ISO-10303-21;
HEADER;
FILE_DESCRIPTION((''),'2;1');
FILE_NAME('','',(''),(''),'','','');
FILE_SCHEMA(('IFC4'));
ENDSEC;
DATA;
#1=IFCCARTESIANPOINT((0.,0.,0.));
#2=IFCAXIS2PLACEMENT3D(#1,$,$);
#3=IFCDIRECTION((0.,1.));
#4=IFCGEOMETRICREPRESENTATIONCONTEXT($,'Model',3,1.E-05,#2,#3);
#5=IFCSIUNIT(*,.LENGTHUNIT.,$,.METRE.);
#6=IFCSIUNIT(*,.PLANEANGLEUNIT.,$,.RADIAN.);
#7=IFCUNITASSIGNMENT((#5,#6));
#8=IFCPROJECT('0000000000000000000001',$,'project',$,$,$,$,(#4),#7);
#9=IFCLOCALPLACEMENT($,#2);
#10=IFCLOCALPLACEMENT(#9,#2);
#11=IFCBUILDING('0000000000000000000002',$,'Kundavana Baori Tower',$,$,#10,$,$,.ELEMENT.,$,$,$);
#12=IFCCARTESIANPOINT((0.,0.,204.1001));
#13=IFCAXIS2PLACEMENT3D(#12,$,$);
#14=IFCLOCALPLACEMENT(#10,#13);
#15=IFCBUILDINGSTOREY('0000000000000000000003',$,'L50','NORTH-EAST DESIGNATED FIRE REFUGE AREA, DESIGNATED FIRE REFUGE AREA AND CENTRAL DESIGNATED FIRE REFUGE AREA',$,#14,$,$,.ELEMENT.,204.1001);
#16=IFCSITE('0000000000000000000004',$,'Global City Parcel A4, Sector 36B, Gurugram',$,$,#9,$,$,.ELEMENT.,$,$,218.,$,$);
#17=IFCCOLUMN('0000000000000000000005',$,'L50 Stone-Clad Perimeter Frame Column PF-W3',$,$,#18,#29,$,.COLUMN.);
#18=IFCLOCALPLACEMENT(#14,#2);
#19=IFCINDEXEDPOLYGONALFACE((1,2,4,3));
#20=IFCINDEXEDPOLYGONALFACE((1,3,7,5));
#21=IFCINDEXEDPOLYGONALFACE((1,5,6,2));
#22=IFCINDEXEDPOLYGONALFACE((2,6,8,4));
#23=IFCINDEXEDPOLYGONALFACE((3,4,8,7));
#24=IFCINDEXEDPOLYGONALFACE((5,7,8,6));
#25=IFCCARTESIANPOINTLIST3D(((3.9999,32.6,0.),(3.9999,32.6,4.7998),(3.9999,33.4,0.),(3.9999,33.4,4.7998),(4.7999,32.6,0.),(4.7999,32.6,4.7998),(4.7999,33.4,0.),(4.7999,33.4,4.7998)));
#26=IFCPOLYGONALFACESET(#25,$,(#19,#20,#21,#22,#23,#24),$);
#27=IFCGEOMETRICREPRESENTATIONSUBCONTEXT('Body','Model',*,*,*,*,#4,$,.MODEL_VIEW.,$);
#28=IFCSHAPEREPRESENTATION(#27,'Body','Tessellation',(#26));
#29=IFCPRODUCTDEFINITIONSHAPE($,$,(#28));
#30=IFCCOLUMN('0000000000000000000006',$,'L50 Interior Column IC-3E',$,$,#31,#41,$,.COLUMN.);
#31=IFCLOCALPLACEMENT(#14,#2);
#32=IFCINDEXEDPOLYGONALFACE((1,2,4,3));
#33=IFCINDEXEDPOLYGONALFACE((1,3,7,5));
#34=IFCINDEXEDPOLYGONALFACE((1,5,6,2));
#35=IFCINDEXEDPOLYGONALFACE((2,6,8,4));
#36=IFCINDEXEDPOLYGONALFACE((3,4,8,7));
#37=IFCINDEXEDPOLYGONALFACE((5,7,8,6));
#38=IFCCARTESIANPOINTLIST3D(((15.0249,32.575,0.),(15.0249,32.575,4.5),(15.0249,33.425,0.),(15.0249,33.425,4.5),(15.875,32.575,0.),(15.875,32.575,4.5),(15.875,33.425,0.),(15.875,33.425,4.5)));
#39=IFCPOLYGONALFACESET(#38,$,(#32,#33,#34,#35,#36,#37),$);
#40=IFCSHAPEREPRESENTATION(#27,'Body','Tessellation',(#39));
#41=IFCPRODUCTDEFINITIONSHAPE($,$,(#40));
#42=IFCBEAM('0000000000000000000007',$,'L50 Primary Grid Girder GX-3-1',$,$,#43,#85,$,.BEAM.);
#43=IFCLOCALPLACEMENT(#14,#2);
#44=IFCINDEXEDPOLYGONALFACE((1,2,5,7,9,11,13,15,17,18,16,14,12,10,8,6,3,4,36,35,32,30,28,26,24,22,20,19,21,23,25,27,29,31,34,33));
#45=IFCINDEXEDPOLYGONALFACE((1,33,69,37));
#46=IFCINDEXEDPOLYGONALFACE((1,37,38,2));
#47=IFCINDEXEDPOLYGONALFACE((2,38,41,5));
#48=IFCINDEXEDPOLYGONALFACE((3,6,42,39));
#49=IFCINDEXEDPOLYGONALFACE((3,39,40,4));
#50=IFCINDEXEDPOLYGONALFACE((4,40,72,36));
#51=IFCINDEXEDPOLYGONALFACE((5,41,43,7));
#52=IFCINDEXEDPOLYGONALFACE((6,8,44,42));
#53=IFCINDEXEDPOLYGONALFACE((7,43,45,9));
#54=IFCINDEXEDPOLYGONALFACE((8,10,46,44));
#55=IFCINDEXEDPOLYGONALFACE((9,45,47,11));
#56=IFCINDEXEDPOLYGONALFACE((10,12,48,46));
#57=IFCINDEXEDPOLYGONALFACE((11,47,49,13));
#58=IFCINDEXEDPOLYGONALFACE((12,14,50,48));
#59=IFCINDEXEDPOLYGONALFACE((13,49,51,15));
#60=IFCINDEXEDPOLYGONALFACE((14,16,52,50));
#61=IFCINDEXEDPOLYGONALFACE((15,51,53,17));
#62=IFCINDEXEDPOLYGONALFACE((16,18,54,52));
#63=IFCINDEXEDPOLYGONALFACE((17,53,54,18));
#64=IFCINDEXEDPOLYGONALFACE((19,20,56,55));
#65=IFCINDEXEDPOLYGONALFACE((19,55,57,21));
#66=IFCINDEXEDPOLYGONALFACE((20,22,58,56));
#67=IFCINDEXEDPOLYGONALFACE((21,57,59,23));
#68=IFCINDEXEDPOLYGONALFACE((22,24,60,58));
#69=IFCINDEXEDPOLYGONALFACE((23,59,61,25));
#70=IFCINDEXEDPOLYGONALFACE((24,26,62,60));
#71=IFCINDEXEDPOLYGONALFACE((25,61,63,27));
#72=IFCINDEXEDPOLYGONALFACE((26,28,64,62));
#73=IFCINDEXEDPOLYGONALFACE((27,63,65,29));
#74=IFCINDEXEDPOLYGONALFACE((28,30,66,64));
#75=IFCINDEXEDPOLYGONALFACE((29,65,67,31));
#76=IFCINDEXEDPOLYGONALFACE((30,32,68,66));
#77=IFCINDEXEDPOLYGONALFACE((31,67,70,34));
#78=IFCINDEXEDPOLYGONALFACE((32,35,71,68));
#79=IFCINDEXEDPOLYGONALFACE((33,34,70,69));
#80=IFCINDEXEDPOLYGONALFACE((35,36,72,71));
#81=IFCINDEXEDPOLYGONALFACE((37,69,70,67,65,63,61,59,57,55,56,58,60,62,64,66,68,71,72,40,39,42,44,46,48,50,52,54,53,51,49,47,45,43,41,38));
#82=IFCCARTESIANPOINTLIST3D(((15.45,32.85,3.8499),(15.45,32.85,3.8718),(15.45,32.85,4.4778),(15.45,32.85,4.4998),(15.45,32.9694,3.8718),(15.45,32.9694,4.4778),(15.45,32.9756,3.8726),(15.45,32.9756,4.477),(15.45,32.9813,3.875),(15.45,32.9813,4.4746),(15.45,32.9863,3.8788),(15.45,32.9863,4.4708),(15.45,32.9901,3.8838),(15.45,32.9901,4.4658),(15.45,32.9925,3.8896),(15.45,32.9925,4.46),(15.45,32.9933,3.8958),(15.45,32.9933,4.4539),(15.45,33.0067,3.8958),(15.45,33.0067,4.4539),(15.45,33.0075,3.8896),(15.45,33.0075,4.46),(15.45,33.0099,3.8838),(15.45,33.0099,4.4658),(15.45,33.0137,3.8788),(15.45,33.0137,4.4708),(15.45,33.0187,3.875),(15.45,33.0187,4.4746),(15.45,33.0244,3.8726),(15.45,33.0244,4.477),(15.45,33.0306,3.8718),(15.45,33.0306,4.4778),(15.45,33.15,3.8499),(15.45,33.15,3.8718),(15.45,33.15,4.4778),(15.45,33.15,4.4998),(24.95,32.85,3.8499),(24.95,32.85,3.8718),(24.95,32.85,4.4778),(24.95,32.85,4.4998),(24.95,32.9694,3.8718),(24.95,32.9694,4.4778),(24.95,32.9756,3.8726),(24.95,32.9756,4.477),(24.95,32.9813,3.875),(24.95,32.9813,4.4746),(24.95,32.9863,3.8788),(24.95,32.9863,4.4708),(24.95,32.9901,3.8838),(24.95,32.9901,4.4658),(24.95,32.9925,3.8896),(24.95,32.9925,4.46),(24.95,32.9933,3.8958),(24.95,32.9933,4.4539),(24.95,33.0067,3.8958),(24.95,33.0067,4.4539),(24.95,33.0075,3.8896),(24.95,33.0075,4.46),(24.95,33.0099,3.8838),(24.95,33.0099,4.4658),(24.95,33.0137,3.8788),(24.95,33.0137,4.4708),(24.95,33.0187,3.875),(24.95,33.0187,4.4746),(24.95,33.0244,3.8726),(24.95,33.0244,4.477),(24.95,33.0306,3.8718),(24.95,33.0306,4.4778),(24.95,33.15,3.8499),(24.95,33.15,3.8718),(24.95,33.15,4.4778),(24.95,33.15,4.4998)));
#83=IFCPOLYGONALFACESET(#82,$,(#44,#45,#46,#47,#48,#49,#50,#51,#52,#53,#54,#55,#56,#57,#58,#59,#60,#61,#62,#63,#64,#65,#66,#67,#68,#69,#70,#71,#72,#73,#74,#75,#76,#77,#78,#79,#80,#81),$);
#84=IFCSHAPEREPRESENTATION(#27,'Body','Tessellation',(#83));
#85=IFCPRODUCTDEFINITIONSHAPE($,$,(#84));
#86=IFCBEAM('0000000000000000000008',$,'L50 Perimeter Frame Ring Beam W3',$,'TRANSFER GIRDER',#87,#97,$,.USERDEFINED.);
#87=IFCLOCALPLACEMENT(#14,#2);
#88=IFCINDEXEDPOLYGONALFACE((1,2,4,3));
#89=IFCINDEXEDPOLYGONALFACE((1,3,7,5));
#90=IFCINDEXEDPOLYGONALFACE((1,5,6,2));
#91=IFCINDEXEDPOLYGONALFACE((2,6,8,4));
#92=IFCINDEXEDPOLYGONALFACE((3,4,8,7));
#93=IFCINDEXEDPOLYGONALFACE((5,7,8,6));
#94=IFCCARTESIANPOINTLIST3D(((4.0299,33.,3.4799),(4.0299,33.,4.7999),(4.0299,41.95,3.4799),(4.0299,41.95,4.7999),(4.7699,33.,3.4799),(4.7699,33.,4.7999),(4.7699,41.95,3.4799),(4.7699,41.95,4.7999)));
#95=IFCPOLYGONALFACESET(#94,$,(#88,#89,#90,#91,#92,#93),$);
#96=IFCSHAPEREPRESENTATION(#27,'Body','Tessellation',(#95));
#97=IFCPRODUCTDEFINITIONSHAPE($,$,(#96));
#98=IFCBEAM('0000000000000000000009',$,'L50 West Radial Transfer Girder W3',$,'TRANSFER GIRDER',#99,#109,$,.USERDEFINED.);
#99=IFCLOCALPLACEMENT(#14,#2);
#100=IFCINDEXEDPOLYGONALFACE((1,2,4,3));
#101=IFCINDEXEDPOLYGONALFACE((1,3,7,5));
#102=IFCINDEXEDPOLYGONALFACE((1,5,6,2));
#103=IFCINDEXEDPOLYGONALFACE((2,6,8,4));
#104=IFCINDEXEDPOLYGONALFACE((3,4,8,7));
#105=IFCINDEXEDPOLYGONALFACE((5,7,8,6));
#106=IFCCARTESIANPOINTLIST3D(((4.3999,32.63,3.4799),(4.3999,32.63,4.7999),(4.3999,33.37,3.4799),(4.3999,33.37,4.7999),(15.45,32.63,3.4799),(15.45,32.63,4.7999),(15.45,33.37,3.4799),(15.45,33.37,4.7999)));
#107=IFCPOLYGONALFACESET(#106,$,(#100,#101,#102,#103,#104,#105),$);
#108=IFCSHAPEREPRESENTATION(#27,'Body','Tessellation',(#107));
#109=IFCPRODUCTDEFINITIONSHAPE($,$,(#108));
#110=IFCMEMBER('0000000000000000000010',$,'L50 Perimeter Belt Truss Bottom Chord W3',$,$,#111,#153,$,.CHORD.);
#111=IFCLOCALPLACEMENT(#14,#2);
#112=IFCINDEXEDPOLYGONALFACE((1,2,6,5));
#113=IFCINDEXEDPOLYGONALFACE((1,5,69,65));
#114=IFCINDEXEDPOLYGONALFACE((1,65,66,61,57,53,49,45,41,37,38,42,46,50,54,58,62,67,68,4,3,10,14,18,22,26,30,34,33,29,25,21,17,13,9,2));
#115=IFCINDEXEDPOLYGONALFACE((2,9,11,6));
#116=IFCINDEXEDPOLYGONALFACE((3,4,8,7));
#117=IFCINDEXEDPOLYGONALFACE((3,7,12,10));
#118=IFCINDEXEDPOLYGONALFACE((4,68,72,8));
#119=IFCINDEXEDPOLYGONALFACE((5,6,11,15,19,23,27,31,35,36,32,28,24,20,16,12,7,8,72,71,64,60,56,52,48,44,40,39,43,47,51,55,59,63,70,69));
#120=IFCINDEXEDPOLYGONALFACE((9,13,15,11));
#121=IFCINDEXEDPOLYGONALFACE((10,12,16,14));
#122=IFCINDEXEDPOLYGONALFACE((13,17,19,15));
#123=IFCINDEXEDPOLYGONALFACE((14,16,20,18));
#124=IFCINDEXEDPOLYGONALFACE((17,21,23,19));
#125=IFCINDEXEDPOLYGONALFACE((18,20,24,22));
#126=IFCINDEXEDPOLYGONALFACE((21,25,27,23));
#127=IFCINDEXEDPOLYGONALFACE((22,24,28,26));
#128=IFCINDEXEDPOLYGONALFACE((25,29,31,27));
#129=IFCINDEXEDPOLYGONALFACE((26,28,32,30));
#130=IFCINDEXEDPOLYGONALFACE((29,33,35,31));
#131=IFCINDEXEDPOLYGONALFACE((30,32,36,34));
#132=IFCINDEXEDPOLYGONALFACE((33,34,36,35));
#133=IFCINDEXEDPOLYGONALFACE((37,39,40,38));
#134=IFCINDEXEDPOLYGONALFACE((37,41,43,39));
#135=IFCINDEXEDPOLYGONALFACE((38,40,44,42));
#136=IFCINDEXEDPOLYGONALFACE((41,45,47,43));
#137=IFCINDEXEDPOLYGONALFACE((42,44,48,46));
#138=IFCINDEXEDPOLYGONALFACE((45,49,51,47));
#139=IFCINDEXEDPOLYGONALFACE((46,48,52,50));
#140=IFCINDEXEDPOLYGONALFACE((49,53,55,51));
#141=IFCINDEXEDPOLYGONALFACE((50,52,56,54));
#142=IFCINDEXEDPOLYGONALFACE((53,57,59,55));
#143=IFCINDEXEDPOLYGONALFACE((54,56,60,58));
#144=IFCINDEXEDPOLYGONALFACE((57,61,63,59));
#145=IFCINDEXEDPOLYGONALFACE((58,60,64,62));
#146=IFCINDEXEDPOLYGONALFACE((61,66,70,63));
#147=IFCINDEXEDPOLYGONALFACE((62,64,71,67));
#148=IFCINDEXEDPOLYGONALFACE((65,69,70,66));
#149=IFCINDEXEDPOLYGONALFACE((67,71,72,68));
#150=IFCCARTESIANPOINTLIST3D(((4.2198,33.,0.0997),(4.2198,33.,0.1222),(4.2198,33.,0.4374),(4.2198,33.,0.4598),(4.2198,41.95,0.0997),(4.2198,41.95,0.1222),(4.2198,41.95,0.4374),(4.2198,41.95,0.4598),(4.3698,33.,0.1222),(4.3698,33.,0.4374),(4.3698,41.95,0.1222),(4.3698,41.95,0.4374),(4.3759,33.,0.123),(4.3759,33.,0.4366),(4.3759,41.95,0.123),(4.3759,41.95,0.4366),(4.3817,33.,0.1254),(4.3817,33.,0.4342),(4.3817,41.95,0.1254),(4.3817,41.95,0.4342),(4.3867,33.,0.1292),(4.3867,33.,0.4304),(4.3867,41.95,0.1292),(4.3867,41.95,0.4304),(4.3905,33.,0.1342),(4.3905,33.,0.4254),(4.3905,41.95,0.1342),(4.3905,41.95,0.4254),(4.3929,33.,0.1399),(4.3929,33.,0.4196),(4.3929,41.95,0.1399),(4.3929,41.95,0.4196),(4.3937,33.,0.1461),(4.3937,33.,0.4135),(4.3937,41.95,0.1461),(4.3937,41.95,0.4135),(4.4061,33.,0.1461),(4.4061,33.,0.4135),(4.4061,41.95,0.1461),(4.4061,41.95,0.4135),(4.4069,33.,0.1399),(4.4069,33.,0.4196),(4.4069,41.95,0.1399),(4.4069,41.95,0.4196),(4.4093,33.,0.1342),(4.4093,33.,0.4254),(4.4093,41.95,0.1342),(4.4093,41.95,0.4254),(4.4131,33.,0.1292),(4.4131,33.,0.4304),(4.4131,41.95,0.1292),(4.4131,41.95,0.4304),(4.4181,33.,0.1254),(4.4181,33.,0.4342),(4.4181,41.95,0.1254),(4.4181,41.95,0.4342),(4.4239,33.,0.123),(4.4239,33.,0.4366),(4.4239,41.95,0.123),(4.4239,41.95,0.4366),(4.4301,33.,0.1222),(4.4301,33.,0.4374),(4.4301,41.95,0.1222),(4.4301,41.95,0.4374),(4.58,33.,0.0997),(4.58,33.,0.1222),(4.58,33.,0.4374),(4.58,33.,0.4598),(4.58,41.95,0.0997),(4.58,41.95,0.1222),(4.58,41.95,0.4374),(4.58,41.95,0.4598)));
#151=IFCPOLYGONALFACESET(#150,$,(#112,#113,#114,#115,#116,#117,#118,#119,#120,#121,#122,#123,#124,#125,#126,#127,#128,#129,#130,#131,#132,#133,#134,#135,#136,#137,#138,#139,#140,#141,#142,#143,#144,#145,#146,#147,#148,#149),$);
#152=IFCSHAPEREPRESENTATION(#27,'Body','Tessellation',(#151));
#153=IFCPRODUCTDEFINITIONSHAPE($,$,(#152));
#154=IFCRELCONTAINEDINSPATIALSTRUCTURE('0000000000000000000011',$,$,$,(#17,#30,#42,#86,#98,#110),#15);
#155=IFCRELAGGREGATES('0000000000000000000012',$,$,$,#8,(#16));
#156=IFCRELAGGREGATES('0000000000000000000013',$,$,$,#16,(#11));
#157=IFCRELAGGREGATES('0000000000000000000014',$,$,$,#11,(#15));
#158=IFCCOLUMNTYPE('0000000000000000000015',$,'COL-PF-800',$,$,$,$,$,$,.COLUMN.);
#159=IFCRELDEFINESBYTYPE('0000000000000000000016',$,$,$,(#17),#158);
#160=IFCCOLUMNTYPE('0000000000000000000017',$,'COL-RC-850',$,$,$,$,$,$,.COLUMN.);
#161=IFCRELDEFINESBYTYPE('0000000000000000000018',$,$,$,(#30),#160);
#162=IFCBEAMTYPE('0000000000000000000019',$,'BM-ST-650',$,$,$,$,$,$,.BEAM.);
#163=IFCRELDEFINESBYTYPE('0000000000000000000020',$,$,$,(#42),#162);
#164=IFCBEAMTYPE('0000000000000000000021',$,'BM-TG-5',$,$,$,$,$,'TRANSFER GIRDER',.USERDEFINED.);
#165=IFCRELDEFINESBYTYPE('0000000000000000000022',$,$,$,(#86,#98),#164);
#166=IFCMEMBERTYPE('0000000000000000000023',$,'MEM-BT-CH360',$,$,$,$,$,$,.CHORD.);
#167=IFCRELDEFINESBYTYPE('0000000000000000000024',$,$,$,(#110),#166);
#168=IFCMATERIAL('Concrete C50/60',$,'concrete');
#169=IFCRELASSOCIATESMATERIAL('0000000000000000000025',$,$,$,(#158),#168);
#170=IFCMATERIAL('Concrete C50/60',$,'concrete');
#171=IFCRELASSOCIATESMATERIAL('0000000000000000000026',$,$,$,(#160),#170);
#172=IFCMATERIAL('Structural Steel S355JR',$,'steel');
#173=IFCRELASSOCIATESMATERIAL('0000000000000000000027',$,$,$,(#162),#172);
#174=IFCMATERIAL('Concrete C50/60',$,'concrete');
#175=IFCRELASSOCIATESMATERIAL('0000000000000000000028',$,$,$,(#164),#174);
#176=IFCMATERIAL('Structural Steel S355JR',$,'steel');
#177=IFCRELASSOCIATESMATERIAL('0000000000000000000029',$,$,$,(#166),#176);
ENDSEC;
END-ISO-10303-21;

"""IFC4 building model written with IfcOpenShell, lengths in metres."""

from ifc_helpers import new_model, si_unit, direction, frame, origin, origin_2d, place, context, subcontext, project, spatial, rectangle, i_section, extrude, material, material_profile, profile_set, type_object, element, save


model = new_model("IFC4")

# Units and contexts
model_context = context("Model", 3, precision=1e-05, world=origin(), true_north=direction((0.0, 1.0)))
body_context = subcontext(model_context, "Body", "Model", "MODEL_VIEW")
ifc_project = project(units=[si_unit("LENGTHUNIT", "METRE"), si_unit("PLANEANGLEUNIT", "RADIAN")], contexts=[model_context])

# Site, building, storey
site_placement = place(None, origin())
site = spatial("IfcSite", under=ifc_project, at=site_placement, Name="Global City Parcel A4, Sector 36B, Gurugram", CompositionType="ELEMENT", RefElevation=218.0)
building_placement = place(site_placement, origin())
building = spatial("IfcBuilding", under=site, at=building_placement, Name="Kundavana Baori Tower", CompositionType="ELEMENT")
storey_placement = place(building_placement, frame((0.0, 0.0, 204.1001)))
storey = spatial("IfcBuildingStorey", under=building, at=storey_placement, Name="L50", Description="NORTH-EAST DESIGNATED FIRE REFUGE AREA, DESIGNATED FIRE REFUGE AREA AND CENTRAL DESIGNATED FIRE REFUGE AREA", CompositionType="ELEMENT", Elevation=204.1001)

# Columns
ifc_material_1 = material(Name="Concrete C50/60", Category="concrete")
ifc_material_profile_1 = material_profile(ifc_material_1, rectangle(XDim=0.8, YDim=0.8, at=origin_2d()), Name="RC PF 800x800")
ifc_profile_set_1 = profile_set([ifc_material_profile_1], Name="Concrete C50/60")
column_type_1 = type_object("IfcColumnType", Name="COL-PF-800", PredefinedType="COLUMN", material=ifc_profile_set_1)
column_1_placement = place(storey_placement, frame((4.3999, 33.0, 0.0), z_axis=(0.0, 0.0, 1.0), x_axis=(1.0, 0.0, 0.0)))
element("IfcColumn", 1, at=column_1_placement, inside=storey, type_object=column_type_1, Name="L50 Stone-Clad Perimeter Frame Column PF-W3", PredefinedType="COLUMN", context=body_context, shape_type="SweptSolid", body=[
    extrude(rectangle(XDim=0.8, YDim=0.8, at=origin_2d()), origin(), (0.0, 0.0, 1.0), 4.7998),
])
ifc_material_2 = material(Name="Concrete C50/60", Category="concrete")
ifc_material_profile_2 = material_profile(ifc_material_2, rectangle(XDim=0.8501, YDim=0.8501, at=origin_2d()), Name="RC 850x850")
ifc_profile_set_2 = profile_set([ifc_material_profile_2], Name="Concrete C50/60")
column_type_2 = type_object("IfcColumnType", Name="COL-RC-850", PredefinedType="COLUMN", material=ifc_profile_set_2)
column_2_placement = place(storey_placement, frame((15.45, 33.0, 0.0), z_axis=(0.0, 0.0, 1.0), x_axis=(1.0, 0.0, 0.0)))
element("IfcColumn", 2, at=column_2_placement, inside=storey, type_object=column_type_2, Name="L50 Interior Column IC-3E", PredefinedType="COLUMN", context=body_context, shape_type="SweptSolid", body=[
    extrude(rectangle(XDim=0.8501, YDim=0.8501, at=origin_2d()), origin(), (0.0, 0.0, 1.0), 4.5),
])

# Beams
ifc_material_3 = material(Name="Structural Steel S355JR", Category="steel")
ifc_material_profile_3 = material_profile(ifc_material_3, i_section(OverallWidth=0.3, OverallDepth=0.6499, WebThickness=0.0134, FlangeThickness=0.022, FilletRadius=0.0239, at=origin_2d()), Name="NPB 650x300x155")
ifc_profile_set_3 = profile_set([ifc_material_profile_3], Name="Structural Steel S355JR")
beam_type_1 = type_object("IfcBeamType", Name="BM-ST-650", PredefinedType="BEAM", material=ifc_profile_set_3)
beam_1_placement = place(storey_placement, frame((15.45, 33.0, 4.1748), z_axis=(1.0, 0.0, 0.0), x_axis=(0.0, 1.0, 0.0)))
element("IfcBeam", 3, at=beam_1_placement, inside=storey, type_object=beam_type_1, Name="L50 Primary Grid Girder GX-3-1", PredefinedType="BEAM", context=body_context, shape_type="SweptSolid", body=[
    extrude(i_section(OverallWidth=0.3, OverallDepth=0.6499, WebThickness=0.0134, FlangeThickness=0.022, FilletRadius=0.0239, at=origin_2d()), origin(), (0.0, 0.0, 1.0), 9.5),
])
ifc_material_4 = material(Name="Concrete C50/60", Category="concrete")
ifc_material_profile_4 = material_profile(ifc_material_4, rectangle(XDim=0.74, YDim=1.3201, at=origin_2d()), Name="BM-TG-5")
ifc_profile_set_4 = profile_set([ifc_material_profile_4], Name="Concrete C50/60")
beam_type_2 = type_object("IfcBeamType", Name="BM-TG-5", ElementType="TRANSFER GIRDER", PredefinedType="USERDEFINED", material=ifc_profile_set_4)
beam_2_placement = place(storey_placement, frame((4.3999, 33.0, 4.1399), z_axis=(0.0, 1.0, 0.0), x_axis=(-1.0, 0.0, 0.0)))
element("IfcBeam", 4, at=beam_2_placement, inside=storey, type_object=beam_type_2, Name="L50 Perimeter Frame Ring Beam W3", ObjectType="TRANSFER GIRDER", PredefinedType="USERDEFINED", context=body_context, shape_type="SweptSolid", body=[
    extrude(rectangle(XDim=0.74, YDim=1.3201, at=origin_2d()), origin(), (0.0, 0.0, 1.0), 8.95),
])
beam_3_placement = place(storey_placement, frame((15.45, 33.0, 4.1399), z_axis=(-1.0, 0.0, 0.0), x_axis=(0.0, -1.0, 0.0)))
element("IfcBeam", 5, at=beam_3_placement, inside=storey, type_object=beam_type_2, Name="L50 West Radial Transfer Girder W3", ObjectType="TRANSFER GIRDER", PredefinedType="USERDEFINED", context=body_context, shape_type="SweptSolid", body=[
    extrude(rectangle(XDim=0.74, YDim=1.3201, at=origin_2d()), origin(), (0.0, 0.0, 1.0), 11.05),
])

# Member
ifc_material_5 = material(Name="Structural Steel S355JR", Category="steel")
ifc_material_profile_5 = material_profile(ifc_material_5, i_section(OverallWidth=0.3601, OverallDepth=0.3601, WebThickness=0.0125, FlangeThickness=0.0225, FilletRadius=0.0239, at=origin_2d()), Name="WPB 360x360x142")
ifc_profile_set_5 = profile_set([ifc_material_profile_5], Name="Structural Steel S355JR")
member_type_1 = type_object("IfcMemberType", Name="MEM-BT-CH360", PredefinedType="CHORD", material=ifc_profile_set_5)
member_1_placement = place(storey_placement, frame((4.3999, 33.0, 0.2798), z_axis=(0.0, 1.0, 0.0), x_axis=(-1.0, 0.0, 0.0)))
element("IfcMember", 6, at=member_1_placement, inside=storey, type_object=member_type_1, Name="L50 Perimeter Belt Truss Bottom Chord W3", PredefinedType="CHORD", context=body_context, shape_type="SweptSolid", body=[
    extrude(i_section(OverallWidth=0.3601, OverallDepth=0.3601, WebThickness=0.0125, FlangeThickness=0.0225, FilletRadius=0.0239, at=origin_2d()), origin(), (0.0, 0.0, 1.0), 8.95),
])

save(model, "model.ifc")
